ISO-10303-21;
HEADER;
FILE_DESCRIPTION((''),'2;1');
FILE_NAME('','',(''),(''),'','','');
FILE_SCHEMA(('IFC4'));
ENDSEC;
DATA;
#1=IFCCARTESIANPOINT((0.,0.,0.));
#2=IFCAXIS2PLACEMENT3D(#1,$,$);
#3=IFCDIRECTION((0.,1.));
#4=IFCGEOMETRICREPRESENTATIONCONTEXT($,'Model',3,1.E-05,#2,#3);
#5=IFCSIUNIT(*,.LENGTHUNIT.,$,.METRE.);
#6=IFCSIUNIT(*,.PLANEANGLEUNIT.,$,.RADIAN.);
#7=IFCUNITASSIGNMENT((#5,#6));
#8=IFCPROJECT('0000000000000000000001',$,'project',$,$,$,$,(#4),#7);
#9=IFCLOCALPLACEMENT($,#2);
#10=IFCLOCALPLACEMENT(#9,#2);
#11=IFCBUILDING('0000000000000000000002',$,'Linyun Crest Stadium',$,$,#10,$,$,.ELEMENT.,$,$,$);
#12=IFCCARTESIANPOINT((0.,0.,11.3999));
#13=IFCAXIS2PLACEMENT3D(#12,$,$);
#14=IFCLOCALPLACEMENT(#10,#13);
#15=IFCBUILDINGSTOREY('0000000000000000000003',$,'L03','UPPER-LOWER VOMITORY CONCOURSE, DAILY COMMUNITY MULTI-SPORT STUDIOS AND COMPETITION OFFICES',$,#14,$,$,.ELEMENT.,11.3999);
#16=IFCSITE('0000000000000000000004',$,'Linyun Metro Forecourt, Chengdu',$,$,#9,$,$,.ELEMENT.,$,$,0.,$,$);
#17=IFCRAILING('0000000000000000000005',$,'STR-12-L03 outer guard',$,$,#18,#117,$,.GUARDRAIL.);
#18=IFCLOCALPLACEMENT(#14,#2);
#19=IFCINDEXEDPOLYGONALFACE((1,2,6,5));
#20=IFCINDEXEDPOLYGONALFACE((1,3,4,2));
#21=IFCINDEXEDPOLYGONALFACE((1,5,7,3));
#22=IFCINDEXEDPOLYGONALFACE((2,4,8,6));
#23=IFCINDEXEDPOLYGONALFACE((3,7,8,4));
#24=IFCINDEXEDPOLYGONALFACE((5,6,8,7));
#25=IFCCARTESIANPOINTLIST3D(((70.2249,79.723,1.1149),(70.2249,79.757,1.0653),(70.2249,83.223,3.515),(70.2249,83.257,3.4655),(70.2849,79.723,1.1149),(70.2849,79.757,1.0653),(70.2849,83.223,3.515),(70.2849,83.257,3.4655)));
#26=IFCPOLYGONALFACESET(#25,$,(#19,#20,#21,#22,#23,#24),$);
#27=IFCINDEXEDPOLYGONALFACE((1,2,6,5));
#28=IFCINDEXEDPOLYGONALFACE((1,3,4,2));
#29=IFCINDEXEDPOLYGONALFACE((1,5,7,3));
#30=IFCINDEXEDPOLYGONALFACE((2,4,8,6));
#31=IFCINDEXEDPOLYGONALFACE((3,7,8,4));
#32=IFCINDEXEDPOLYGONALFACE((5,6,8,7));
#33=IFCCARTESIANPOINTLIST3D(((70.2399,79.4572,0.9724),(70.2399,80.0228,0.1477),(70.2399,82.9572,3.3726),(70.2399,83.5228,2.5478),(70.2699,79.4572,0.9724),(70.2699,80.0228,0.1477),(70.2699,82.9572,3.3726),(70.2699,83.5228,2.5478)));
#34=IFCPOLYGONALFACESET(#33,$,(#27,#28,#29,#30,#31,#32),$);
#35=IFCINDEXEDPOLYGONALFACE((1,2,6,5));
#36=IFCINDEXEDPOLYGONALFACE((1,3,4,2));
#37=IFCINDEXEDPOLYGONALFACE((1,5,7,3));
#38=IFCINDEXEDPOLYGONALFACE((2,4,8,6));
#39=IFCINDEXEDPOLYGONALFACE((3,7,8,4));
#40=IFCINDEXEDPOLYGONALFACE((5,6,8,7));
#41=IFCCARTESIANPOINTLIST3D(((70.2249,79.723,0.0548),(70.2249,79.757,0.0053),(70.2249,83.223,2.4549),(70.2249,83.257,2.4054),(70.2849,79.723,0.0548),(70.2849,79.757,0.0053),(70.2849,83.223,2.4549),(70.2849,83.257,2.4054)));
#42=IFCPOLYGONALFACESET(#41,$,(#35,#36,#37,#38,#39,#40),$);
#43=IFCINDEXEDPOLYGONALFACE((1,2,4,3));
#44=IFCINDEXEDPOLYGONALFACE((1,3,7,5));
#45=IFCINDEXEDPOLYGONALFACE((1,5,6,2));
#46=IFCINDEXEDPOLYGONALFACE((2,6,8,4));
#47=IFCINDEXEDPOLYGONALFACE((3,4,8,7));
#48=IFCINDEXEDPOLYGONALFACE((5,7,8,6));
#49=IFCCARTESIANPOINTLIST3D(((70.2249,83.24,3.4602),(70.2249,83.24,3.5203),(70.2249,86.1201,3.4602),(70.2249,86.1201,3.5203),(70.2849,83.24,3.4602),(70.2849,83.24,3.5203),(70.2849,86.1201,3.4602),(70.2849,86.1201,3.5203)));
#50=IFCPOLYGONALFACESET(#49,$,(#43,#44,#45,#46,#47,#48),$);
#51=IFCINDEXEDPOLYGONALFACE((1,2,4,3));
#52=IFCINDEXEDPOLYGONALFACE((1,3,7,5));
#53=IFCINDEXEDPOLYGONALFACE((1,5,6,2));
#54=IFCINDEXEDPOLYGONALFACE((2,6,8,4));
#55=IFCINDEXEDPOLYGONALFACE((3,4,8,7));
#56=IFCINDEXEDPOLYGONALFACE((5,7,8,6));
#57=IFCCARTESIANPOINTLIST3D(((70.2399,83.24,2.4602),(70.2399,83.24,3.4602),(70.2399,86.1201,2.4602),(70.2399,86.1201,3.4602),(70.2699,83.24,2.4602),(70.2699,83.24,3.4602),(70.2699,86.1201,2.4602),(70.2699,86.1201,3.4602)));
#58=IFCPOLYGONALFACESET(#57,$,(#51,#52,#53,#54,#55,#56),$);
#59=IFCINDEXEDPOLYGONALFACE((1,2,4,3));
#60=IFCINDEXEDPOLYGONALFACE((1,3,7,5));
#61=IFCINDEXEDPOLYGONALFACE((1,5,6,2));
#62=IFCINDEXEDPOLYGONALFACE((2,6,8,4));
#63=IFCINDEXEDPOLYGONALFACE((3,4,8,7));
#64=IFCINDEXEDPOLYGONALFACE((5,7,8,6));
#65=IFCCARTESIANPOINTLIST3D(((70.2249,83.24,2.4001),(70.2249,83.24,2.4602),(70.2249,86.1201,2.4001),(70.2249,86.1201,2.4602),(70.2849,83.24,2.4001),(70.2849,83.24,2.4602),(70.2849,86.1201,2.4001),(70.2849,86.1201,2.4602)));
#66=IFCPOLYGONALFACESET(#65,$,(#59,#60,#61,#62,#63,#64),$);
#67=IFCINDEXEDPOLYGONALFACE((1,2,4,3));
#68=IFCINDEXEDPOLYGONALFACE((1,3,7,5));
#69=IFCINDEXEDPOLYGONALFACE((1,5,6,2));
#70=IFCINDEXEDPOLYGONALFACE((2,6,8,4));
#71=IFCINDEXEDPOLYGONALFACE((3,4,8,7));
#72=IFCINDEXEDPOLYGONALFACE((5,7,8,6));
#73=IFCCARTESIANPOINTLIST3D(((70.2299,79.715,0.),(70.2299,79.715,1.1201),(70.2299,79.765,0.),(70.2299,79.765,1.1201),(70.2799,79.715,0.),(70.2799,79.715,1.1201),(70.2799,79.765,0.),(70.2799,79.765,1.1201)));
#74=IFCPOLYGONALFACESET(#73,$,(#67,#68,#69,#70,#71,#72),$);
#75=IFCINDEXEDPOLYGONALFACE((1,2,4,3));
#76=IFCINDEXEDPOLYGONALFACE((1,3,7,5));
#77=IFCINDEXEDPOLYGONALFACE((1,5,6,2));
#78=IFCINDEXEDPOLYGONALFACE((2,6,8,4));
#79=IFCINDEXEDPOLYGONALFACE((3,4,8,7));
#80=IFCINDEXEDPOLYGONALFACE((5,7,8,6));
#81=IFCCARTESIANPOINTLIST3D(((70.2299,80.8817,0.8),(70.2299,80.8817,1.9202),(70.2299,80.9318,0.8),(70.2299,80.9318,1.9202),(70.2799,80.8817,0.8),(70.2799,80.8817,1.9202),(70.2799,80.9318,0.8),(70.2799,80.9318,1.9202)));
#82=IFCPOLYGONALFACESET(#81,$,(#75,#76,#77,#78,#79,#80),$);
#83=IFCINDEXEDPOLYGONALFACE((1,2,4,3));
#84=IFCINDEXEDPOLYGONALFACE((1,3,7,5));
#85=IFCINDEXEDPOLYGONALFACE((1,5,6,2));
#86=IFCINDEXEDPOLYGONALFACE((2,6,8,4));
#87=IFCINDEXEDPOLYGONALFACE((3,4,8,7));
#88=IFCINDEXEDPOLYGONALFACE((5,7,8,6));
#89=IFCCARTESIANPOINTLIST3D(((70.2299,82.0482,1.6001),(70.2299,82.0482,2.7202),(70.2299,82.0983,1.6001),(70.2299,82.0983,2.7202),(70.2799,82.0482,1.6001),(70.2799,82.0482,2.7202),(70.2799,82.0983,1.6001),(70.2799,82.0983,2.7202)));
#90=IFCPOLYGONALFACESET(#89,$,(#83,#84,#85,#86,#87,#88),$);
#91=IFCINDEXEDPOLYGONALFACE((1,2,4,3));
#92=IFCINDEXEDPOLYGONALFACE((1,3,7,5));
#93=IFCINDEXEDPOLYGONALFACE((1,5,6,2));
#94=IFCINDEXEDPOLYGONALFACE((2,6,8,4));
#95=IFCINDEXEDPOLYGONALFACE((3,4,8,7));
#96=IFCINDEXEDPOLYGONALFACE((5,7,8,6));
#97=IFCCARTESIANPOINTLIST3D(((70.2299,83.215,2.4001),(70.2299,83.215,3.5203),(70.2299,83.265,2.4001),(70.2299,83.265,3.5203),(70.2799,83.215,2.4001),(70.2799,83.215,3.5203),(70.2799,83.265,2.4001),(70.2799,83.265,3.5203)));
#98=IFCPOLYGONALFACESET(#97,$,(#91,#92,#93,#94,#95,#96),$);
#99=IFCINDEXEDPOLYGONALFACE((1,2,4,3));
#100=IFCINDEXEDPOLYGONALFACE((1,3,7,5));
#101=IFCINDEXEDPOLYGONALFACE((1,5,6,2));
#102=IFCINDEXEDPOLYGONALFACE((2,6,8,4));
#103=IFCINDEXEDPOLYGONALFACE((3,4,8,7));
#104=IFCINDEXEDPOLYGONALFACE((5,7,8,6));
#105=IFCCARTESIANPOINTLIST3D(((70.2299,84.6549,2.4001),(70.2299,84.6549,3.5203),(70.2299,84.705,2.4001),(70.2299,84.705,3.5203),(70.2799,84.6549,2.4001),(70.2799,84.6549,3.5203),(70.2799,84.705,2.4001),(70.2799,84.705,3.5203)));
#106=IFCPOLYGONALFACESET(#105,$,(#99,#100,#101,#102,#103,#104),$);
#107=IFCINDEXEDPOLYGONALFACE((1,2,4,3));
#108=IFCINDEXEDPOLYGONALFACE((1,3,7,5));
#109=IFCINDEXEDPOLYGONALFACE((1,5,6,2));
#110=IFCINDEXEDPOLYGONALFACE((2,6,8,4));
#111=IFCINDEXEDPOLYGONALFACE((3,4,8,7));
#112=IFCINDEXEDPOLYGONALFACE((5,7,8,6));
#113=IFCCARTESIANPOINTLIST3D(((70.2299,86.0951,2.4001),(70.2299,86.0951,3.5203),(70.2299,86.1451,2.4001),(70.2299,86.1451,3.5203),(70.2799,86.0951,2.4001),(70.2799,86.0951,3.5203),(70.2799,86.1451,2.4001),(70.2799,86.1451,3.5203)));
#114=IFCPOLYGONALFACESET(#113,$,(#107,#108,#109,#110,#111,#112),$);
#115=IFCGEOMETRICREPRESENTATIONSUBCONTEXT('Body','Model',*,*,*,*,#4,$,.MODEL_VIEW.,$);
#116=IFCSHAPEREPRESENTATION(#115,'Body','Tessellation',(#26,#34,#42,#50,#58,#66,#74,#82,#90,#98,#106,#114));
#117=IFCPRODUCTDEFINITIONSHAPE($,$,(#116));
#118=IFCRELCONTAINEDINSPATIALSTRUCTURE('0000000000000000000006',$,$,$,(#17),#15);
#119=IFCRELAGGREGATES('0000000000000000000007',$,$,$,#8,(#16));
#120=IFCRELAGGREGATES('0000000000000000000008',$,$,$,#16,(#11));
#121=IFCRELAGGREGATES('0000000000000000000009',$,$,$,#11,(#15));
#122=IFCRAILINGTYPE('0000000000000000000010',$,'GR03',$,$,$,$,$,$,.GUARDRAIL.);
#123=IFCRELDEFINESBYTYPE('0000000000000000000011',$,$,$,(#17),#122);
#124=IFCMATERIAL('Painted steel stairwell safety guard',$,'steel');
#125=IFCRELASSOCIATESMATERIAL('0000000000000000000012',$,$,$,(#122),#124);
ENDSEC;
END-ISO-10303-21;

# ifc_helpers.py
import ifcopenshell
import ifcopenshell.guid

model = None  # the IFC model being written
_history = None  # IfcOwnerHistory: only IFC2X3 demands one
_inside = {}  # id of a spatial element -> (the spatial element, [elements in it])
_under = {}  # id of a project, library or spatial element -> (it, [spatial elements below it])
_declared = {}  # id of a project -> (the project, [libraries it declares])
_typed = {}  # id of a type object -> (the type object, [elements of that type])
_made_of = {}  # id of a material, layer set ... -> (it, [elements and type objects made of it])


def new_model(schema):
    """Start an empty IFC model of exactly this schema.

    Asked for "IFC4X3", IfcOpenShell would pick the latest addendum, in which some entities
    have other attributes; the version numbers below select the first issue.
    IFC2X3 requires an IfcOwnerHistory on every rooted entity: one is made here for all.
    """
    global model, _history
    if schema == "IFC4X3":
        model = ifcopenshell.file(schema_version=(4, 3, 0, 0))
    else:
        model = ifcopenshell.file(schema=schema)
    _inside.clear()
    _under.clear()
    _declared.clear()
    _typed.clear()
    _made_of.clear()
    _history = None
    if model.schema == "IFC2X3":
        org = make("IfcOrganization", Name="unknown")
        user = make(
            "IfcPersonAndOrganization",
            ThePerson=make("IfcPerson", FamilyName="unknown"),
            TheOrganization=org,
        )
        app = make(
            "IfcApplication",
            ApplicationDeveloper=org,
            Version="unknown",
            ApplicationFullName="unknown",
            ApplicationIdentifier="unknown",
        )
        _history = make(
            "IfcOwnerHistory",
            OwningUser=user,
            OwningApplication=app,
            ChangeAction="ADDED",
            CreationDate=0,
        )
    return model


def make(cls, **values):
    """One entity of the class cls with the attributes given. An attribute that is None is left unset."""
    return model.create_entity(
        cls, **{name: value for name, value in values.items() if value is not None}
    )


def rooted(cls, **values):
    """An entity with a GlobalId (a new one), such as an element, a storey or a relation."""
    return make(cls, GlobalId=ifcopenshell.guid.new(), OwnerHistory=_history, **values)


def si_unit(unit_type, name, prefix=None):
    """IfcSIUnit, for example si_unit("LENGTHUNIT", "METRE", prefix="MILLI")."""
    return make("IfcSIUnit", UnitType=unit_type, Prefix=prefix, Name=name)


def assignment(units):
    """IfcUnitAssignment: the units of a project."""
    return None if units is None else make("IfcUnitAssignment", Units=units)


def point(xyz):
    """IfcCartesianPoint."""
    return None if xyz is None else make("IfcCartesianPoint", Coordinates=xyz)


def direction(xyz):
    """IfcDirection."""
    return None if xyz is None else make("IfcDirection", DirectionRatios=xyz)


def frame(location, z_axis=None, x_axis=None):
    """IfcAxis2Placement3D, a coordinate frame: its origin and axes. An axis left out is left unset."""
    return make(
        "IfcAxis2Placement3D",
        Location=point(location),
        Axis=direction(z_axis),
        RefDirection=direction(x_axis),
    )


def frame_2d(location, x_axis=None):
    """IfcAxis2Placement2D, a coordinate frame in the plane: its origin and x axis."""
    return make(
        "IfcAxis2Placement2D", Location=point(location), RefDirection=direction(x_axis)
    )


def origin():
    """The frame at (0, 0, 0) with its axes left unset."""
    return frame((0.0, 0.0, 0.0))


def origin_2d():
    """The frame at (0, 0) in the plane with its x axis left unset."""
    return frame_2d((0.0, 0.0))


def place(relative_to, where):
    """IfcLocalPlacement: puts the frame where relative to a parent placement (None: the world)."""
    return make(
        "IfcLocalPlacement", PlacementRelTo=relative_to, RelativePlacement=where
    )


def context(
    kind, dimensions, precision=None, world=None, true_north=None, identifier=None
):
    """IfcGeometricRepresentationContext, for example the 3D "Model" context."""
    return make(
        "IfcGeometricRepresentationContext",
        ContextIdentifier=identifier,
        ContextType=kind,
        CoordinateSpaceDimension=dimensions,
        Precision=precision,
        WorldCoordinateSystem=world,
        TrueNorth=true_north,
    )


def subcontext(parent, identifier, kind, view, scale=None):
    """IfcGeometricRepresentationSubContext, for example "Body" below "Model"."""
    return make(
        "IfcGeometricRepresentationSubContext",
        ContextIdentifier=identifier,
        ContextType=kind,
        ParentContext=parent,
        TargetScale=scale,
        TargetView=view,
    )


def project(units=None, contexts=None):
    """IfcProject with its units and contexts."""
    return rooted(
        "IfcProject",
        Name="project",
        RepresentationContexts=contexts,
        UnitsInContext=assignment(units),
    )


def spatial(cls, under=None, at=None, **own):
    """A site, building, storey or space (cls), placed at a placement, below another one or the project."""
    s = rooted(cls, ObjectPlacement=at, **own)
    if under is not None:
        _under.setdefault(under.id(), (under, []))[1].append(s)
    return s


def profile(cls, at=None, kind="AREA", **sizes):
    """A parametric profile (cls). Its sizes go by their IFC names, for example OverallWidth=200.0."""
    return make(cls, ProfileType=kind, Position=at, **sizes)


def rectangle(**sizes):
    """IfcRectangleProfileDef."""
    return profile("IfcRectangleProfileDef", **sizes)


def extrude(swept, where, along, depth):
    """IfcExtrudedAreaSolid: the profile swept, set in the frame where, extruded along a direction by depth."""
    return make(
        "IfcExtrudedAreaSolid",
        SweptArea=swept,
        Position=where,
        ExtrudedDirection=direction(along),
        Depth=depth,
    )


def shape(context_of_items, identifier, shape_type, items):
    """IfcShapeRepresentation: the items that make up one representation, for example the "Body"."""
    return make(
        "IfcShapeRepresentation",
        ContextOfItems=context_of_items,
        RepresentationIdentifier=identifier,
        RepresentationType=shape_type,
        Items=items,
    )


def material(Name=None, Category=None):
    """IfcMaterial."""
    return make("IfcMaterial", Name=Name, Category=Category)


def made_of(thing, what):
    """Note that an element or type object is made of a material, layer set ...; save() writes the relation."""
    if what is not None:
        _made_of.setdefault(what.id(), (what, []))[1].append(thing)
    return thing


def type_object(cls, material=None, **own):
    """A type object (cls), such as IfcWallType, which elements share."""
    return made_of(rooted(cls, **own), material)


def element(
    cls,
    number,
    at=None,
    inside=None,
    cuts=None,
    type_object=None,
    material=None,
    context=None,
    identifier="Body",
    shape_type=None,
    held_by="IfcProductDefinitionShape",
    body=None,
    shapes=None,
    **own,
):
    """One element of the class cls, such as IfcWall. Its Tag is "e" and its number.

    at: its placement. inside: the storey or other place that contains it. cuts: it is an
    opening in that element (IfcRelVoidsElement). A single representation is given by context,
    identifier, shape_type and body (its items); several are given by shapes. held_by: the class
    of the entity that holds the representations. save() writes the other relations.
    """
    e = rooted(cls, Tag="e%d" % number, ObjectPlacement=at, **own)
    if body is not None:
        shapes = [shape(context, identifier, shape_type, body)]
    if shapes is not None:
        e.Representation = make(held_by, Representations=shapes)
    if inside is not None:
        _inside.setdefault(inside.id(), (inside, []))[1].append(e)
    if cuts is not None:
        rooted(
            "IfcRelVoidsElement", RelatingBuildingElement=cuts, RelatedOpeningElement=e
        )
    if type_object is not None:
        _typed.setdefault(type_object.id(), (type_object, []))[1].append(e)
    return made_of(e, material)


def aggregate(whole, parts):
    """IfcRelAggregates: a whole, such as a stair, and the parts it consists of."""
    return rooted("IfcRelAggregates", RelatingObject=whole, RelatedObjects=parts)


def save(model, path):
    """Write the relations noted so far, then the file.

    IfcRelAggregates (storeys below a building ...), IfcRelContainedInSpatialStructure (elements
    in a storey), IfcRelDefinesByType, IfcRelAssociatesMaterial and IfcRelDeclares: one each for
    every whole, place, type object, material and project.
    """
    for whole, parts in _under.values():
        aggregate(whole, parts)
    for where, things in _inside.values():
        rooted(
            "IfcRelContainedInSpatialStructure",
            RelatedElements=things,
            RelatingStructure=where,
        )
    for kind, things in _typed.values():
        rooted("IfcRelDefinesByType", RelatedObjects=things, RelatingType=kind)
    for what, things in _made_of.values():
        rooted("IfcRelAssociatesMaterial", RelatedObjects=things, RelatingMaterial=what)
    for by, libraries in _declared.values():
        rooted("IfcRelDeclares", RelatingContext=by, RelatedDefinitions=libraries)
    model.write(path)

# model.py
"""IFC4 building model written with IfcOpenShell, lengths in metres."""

from ifc_helpers import new_model, si_unit, direction, frame, origin, origin_2d, place, context, subcontext, project, spatial, rectangle, extrude, material, type_object, element, save


model = new_model("IFC4")

# Units and contexts
model_context = context("Model", 3, precision=1e-05, world=origin(), true_north=direction((0.0, 1.0)))
body_context = subcontext(model_context, "Body", "Model", "MODEL_VIEW")
ifc_project = project(units=[si_unit("LENGTHUNIT", "METRE"), si_unit("PLANEANGLEUNIT", "RADIAN")], contexts=[model_context])

# Site, building, storey
site_placement = place(None, origin())
site = spatial("IfcSite", under=ifc_project, at=site_placement, Name="Linyun Metro Forecourt, Chengdu", CompositionType="ELEMENT", RefElevation=0.0)
building_placement = place(site_placement, origin())
building = spatial("IfcBuilding", under=site, at=building_placement, Name="Linyun Crest Stadium", CompositionType="ELEMENT")
storey_placement = place(building_placement, frame((0.0, 0.0, 11.3999)))
storey = spatial("IfcBuildingStorey", under=building, at=storey_placement, Name="L03", Description="UPPER-LOWER VOMITORY CONCOURSE, DAILY COMMUNITY MULTI-SPORT STUDIOS AND COMPETITION OFFICES", CompositionType="ELEMENT", Elevation=11.3999)

# Railing
ifc_material_1 = material(Name="Painted steel stairwell safety guard", Category="steel")
railing_type_1 = type_object("IfcRailingType", Name="GR03", PredefinedType="GUARDRAIL", material=ifc_material_1)
railing_1_placement = place(storey_placement, frame((70.2549, 79.74, 0.0)))
element("IfcRailing", 1, at=railing_1_placement, inside=storey, type_object=railing_type_1, Name="STR-12-L03 outer guard", PredefinedType="GUARDRAIL", context=body_context, shape_type="SweptSolid", body=[
    extrude(rectangle(XDim=0.0601, YDim=0.0601, at=origin_2d()), frame((0.0, 0.0, 1.0901), z_axis=(0.0, 0.824713, 0.565552), x_axis=(-1.0, 0.0, 0.0)), (0.0, 0.0, 1.0), 4.2439),
    extrude(rectangle(XDim=0.03, YDim=1.0, at=origin_2d()), frame((0.0, 0.0, 0.5601), z_axis=(0.0, 0.824713, 0.565552), x_axis=(-1.0, 0.0, 0.0)), (0.0, 0.0, 1.0), 4.2439),
    extrude(rectangle(XDim=0.0601, YDim=0.0601, at=origin_2d()), frame((0.0, 0.0, 0.03), z_axis=(0.0, 0.824713, 0.565552), x_axis=(-1.0, 0.0, 0.0)), (0.0, 0.0, 1.0), 4.2439),
    extrude(rectangle(XDim=0.0601, YDim=0.0601, at=origin_2d()), frame((0.0, 3.5, 3.4902), z_axis=(0.0, 1.0, 0.0), x_axis=(-1.0, 0.0, 0.0)), (0.0, 0.0, 1.0), 2.8801),
    extrude(rectangle(XDim=0.03, YDim=1.0, at=origin_2d()), frame((0.0, 3.5, 2.9602), z_axis=(0.0, 1.0, 0.0), x_axis=(-1.0, 0.0, 0.0)), (0.0, 0.0, 1.0), 2.8801),
    extrude(rectangle(XDim=0.0601, YDim=0.0601, at=origin_2d()), frame((0.0, 3.5, 2.4302), z_axis=(0.0, 1.0, 0.0), x_axis=(-1.0, 0.0, 0.0)), (0.0, 0.0, 1.0), 2.8801),
    extrude(rectangle(XDim=0.05, YDim=0.05, at=origin_2d()), origin(), (0.0, 0.0, 1.0), 1.1201),
    extrude(rectangle(XDim=0.05, YDim=0.05, at=origin_2d()), frame((0.0, 1.1667, 0.8)), (0.0, 0.0, 1.0), 1.1201),
    extrude(rectangle(XDim=0.05, YDim=0.05, at=origin_2d()), frame((0.0, 2.3333, 1.6001)), (0.0, 0.0, 1.0), 1.1201),
    extrude(rectangle(XDim=0.05, YDim=0.05, at=origin_2d()), frame((0.0, 3.5, 2.4001)), (0.0, 0.0, 1.0), 1.1201),
    extrude(rectangle(XDim=0.05, YDim=0.05, at=origin_2d()), frame((0.0, 4.9399, 2.4001)), (0.0, 0.0, 1.0), 1.1201),
    extrude(rectangle(XDim=0.05, YDim=0.05, at=origin_2d()), frame((0.0, 6.3801, 2.4001)), (0.0, 0.0, 1.0), 1.1201),
])

save(model, "model.ifc")
